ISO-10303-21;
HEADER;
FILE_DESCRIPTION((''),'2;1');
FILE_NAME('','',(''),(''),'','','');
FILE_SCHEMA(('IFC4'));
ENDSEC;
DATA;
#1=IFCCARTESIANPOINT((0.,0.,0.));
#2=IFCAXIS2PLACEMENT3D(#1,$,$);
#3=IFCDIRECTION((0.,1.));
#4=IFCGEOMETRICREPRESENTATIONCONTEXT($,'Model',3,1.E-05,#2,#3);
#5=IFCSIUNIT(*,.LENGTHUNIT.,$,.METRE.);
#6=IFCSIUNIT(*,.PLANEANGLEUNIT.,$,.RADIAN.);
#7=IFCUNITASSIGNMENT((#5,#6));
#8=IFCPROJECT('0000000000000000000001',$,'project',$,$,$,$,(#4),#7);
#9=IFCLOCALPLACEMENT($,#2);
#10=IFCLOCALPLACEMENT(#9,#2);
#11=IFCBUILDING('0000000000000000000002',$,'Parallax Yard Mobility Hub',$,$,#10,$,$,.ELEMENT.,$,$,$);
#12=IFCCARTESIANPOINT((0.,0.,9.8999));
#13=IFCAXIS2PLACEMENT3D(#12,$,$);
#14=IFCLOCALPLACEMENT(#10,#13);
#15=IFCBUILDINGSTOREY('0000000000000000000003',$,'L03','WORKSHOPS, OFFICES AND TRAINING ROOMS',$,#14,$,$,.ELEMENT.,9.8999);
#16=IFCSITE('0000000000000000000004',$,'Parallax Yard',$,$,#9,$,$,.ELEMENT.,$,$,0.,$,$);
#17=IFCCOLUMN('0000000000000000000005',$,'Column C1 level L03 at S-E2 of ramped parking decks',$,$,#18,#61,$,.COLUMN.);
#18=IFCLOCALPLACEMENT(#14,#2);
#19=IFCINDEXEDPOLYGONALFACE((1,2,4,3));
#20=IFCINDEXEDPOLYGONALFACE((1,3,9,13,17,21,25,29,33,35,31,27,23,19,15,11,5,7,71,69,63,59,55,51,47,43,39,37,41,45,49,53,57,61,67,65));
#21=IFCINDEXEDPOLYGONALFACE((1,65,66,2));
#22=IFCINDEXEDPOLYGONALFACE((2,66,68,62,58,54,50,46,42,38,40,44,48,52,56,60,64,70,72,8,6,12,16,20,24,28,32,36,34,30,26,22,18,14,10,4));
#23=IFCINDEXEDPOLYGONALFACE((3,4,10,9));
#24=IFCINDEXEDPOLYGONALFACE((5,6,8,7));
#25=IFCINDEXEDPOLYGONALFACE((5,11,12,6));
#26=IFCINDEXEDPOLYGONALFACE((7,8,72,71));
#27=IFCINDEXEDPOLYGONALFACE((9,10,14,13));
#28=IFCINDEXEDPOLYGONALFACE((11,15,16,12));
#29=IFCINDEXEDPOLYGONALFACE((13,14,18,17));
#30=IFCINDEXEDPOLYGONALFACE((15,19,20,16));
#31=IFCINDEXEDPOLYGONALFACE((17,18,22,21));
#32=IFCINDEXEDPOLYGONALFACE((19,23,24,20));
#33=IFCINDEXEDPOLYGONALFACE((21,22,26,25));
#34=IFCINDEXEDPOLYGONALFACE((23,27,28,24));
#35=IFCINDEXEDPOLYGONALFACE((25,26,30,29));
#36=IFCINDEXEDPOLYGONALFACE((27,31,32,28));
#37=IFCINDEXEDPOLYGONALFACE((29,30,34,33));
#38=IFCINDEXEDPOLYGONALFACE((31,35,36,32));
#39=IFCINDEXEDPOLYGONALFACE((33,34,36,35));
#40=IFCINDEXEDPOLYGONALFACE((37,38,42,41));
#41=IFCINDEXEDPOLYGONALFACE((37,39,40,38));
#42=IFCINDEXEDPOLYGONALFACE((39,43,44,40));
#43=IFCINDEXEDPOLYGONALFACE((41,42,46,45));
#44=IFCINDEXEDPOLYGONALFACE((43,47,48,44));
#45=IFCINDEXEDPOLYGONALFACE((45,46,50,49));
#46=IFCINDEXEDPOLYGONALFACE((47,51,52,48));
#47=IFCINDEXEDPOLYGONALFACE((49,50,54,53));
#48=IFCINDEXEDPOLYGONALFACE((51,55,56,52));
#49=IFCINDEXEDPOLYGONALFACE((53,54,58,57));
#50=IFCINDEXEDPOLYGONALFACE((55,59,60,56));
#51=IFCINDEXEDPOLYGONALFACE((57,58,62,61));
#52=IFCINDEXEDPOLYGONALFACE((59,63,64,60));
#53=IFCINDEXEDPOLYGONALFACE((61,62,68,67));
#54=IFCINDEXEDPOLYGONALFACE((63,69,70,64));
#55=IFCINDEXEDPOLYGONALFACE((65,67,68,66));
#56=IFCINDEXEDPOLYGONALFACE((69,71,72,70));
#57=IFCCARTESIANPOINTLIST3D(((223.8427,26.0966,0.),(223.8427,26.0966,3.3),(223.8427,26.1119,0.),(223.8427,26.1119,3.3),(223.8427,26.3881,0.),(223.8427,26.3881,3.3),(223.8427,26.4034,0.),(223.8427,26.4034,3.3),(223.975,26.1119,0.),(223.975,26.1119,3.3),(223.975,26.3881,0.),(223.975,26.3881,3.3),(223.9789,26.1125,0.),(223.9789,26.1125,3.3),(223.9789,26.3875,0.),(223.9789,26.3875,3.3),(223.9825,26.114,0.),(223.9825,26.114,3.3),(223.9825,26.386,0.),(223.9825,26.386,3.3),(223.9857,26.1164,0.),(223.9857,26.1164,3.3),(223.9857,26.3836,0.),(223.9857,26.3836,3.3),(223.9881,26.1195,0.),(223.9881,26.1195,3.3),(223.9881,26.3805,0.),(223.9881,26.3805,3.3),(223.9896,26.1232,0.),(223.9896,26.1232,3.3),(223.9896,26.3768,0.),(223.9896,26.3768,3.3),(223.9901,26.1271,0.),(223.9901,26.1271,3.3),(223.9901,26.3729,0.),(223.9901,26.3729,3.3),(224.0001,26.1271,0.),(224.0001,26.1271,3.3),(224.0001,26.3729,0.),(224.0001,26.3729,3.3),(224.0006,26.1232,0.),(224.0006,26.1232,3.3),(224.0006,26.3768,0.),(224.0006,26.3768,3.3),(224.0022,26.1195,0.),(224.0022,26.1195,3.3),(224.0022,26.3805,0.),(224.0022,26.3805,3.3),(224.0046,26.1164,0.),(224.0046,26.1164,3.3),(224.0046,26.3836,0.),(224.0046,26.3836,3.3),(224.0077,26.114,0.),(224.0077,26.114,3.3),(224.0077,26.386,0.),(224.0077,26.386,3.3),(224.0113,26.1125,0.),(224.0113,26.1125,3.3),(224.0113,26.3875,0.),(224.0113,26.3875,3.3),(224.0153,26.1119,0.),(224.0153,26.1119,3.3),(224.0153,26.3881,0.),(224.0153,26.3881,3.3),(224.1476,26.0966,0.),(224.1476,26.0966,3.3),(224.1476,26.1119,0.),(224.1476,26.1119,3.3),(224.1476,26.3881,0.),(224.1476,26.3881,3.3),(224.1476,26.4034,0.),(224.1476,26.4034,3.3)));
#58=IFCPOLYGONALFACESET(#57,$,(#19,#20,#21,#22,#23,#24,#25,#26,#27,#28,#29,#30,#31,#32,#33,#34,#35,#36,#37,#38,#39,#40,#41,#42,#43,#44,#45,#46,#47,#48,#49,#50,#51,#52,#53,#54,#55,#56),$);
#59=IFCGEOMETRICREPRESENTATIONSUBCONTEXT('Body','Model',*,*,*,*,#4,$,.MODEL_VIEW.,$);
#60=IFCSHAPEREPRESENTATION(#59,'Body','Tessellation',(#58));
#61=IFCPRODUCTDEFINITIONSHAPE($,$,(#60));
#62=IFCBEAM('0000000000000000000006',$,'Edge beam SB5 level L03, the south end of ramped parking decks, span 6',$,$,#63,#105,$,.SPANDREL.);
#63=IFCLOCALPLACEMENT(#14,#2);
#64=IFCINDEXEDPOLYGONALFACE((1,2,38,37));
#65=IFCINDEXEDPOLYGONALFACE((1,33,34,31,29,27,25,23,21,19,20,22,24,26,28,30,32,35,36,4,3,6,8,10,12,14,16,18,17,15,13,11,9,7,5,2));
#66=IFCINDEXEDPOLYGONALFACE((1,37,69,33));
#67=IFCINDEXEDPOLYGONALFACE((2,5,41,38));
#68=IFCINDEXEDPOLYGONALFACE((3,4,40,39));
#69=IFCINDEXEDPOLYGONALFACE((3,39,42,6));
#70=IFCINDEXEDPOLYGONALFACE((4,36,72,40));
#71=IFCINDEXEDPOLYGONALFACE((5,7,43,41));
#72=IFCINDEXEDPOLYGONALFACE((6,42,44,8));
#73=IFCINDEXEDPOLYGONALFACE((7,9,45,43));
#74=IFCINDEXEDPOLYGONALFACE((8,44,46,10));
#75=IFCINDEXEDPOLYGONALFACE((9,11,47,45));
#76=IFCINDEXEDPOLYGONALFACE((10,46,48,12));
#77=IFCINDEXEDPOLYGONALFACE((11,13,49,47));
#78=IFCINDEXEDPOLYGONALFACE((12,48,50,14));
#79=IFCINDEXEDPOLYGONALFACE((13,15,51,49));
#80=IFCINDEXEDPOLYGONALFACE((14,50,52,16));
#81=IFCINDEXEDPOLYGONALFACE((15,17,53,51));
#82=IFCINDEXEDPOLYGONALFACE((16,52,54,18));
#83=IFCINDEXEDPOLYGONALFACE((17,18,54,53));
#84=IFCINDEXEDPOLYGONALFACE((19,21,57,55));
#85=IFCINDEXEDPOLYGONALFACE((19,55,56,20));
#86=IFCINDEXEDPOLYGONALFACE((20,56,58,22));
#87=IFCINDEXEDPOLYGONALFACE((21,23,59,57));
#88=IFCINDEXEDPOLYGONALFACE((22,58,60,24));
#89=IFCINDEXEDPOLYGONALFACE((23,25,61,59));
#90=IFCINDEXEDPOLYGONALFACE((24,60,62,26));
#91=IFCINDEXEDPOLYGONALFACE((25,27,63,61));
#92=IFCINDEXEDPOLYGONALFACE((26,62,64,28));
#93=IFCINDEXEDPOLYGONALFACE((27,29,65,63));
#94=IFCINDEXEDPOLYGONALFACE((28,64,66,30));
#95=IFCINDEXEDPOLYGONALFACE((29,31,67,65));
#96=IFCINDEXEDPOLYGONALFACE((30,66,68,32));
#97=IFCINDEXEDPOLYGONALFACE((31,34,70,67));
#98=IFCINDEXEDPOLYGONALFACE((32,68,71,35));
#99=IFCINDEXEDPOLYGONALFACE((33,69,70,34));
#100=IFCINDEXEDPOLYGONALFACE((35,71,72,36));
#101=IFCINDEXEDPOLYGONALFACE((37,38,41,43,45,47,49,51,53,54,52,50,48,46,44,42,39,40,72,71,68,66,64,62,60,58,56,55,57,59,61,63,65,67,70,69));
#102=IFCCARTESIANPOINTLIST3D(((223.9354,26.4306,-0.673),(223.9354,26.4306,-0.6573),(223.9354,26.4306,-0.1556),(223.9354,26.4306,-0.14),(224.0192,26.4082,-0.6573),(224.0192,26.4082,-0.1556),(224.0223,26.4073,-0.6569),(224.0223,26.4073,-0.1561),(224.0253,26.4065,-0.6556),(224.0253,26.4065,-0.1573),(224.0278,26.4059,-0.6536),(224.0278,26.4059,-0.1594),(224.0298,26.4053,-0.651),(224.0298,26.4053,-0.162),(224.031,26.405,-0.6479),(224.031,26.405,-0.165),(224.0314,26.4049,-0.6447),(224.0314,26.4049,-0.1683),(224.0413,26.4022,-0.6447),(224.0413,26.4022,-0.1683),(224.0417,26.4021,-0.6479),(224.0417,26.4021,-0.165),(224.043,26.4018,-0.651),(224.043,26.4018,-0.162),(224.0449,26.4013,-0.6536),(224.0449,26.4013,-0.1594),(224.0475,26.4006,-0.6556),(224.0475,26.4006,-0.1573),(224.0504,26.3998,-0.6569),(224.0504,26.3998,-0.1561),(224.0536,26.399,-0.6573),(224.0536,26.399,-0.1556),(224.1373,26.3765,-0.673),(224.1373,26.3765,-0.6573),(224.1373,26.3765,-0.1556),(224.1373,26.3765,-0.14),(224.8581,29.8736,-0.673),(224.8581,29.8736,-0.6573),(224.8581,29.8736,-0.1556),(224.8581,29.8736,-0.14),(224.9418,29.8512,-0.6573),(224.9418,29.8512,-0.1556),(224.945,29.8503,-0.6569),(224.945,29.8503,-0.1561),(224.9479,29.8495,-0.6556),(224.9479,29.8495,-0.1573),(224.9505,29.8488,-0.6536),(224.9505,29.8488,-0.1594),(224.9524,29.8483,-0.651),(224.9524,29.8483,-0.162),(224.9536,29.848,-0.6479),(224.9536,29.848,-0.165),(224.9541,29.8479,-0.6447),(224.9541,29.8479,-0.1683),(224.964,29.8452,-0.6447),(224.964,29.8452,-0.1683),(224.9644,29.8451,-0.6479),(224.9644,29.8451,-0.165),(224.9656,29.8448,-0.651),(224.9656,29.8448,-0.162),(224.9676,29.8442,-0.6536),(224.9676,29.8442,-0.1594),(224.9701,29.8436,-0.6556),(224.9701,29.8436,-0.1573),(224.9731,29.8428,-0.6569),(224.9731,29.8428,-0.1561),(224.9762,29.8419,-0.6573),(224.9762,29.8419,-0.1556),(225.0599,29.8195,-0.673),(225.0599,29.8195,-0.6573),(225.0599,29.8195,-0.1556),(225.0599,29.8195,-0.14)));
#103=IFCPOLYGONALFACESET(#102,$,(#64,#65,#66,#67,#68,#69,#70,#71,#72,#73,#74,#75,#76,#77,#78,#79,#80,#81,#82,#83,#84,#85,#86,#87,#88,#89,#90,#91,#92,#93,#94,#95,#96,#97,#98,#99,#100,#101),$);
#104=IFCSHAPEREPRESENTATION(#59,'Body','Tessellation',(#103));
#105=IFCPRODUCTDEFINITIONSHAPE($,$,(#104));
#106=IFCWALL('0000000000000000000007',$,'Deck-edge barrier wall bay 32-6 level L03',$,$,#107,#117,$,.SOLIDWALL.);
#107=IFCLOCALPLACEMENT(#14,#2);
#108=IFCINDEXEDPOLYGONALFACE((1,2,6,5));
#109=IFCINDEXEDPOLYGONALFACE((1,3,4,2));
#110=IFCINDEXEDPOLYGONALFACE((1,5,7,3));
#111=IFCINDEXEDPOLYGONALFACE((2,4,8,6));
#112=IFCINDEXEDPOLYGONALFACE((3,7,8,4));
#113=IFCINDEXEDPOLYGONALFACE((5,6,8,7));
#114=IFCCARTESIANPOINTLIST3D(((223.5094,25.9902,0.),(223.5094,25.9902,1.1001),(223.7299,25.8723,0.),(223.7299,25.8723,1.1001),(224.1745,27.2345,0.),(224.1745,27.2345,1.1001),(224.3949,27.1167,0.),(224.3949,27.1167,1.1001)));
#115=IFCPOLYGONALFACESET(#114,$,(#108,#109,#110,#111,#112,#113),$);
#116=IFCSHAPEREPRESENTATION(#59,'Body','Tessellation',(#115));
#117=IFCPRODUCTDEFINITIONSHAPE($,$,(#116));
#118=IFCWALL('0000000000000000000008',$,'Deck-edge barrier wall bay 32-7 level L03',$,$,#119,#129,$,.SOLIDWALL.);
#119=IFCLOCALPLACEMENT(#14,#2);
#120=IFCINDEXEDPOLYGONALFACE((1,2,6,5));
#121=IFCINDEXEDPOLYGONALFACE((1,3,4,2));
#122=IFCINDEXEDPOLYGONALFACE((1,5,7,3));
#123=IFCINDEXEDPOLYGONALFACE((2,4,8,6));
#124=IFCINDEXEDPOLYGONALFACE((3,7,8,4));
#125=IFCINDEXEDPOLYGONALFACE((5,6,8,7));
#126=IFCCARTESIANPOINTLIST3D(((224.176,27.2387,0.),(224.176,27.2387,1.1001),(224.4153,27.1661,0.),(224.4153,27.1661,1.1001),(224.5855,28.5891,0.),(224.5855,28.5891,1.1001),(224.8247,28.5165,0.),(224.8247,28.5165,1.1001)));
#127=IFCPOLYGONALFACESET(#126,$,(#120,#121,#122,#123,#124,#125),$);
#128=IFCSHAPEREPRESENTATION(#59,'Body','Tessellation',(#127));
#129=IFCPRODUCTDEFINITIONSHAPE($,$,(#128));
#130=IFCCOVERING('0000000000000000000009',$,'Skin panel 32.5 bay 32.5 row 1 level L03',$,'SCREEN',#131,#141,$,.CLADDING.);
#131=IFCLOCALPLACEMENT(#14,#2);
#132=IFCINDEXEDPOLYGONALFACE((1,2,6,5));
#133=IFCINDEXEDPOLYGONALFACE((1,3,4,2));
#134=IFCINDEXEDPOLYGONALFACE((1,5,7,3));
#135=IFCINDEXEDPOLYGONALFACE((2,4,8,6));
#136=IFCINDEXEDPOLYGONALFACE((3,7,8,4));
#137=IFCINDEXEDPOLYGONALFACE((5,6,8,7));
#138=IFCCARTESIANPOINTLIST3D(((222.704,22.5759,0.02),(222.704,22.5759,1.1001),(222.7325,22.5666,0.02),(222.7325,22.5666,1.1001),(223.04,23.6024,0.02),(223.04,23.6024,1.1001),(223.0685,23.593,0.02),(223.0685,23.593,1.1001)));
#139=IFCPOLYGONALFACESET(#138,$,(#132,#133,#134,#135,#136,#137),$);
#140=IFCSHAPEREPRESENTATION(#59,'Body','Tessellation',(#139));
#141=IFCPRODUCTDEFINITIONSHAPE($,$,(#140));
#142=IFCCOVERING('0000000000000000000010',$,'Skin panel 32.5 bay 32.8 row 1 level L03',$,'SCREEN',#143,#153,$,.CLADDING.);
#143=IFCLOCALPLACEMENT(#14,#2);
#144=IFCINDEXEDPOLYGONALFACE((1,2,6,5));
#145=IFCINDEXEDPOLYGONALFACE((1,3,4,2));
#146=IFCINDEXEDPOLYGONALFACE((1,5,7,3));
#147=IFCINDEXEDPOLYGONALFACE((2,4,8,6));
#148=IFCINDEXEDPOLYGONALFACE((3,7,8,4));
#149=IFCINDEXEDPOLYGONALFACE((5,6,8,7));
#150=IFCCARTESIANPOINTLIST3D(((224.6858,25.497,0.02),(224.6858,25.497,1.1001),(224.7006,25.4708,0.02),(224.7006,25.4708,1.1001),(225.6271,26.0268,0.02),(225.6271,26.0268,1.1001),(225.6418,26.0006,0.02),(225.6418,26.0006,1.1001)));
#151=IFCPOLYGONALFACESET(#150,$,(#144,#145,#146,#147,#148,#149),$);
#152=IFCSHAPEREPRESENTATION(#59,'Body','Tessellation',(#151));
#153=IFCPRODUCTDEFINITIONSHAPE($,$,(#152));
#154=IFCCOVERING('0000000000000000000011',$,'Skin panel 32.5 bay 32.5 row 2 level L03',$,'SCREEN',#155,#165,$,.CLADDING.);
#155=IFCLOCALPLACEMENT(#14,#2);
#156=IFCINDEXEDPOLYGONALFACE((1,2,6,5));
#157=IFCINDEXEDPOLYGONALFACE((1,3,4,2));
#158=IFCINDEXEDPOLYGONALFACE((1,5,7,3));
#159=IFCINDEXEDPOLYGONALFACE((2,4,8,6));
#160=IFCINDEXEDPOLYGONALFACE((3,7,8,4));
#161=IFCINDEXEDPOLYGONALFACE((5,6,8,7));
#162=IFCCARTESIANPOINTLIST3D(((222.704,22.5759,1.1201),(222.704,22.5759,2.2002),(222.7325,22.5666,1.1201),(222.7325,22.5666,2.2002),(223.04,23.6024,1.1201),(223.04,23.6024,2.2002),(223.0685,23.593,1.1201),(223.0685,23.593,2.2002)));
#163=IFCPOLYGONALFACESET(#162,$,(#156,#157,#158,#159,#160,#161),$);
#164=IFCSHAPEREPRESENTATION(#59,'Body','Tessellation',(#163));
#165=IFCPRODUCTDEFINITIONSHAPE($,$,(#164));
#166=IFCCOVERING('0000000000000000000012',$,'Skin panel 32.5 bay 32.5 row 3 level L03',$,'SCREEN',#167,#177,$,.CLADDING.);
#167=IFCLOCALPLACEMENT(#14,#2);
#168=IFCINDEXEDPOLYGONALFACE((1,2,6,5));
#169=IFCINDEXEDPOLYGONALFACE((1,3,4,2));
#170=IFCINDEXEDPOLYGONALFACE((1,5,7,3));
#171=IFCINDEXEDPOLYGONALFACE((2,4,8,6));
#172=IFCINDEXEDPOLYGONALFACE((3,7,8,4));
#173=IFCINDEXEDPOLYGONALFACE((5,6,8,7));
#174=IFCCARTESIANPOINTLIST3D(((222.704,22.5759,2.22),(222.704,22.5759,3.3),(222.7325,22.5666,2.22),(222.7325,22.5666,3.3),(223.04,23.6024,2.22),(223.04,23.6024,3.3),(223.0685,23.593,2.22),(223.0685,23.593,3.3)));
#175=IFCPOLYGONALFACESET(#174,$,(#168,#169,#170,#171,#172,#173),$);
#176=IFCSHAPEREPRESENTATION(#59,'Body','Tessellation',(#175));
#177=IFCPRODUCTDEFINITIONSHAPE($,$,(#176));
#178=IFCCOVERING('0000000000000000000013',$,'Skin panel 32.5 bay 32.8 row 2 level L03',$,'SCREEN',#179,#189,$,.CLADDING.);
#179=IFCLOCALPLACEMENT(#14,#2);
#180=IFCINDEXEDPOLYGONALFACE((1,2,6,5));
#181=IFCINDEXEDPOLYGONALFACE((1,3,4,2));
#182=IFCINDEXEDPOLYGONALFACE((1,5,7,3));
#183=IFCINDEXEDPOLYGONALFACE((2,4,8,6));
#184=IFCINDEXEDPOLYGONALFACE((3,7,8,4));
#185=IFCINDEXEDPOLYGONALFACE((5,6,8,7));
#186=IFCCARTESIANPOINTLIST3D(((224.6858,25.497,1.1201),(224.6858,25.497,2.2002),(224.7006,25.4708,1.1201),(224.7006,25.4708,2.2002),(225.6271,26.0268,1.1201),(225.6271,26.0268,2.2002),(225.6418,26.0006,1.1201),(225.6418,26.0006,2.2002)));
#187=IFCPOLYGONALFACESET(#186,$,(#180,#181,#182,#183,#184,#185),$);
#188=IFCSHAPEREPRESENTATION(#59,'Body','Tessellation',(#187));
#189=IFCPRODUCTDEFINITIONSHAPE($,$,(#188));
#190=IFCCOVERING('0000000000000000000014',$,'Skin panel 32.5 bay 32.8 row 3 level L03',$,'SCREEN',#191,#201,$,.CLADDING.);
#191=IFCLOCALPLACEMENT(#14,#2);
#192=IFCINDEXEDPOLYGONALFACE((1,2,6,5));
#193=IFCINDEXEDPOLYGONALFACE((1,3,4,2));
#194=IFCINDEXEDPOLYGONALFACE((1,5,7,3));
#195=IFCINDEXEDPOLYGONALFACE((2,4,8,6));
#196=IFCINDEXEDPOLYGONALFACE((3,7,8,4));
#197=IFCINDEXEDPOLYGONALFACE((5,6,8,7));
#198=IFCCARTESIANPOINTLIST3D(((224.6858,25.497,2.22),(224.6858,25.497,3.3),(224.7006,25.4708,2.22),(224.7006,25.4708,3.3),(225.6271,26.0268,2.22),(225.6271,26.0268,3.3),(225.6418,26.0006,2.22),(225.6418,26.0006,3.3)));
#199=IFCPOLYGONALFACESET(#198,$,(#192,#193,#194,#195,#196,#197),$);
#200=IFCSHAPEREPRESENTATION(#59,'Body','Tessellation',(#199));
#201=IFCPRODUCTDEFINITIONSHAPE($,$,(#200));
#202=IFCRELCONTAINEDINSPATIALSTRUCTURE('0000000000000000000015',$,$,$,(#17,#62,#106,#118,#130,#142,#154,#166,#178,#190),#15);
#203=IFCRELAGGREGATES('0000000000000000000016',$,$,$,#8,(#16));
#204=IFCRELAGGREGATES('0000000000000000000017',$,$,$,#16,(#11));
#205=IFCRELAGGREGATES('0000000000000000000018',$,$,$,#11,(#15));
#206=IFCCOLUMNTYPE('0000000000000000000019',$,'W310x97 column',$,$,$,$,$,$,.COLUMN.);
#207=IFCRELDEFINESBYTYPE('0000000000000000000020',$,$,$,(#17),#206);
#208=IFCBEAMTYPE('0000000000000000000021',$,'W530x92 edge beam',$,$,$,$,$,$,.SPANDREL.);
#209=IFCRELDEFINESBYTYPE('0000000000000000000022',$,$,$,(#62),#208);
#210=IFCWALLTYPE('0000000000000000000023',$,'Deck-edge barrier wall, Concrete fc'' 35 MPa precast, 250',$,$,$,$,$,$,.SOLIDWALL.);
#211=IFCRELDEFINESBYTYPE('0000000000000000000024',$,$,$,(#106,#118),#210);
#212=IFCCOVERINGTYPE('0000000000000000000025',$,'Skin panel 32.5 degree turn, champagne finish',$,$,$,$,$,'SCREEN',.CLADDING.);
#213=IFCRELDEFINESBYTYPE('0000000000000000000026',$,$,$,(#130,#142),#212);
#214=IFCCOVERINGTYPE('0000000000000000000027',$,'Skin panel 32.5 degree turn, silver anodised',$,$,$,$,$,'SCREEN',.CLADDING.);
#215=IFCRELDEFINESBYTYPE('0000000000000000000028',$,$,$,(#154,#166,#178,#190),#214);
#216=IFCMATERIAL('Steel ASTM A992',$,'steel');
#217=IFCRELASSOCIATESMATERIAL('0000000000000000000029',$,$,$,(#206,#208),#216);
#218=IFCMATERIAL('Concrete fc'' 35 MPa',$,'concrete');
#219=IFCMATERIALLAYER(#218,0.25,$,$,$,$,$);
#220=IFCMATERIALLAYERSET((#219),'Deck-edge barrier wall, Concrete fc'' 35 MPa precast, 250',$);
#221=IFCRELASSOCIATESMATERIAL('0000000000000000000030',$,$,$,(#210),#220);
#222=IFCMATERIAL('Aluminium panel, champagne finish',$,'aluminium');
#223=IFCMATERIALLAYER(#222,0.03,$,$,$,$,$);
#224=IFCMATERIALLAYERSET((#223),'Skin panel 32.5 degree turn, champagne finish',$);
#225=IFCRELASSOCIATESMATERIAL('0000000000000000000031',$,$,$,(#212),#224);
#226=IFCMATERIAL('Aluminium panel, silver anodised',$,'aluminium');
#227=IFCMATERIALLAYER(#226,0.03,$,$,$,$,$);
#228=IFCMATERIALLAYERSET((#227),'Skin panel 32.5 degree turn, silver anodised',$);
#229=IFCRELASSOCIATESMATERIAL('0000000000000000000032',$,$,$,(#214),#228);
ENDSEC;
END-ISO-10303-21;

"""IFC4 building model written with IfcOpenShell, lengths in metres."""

from ifc_helpers import new_model, si_unit, direction, frame, frame_2d, origin, origin_2d, place, context, subcontext, project, spatial, rectangle, i_section, extrude, material, layer, layer_set, material_profile, profile_set, type_object, element, save


model = new_model("IFC4")

# Units and contexts
model_context = context("Model", 3, precision=1e-05, world=origin(), true_north=direction((0.0, 1.0)))
body_context = subcontext(model_context, "Body", "Model", "MODEL_VIEW")
ifc_project = project(units=[si_unit("LENGTHUNIT", "METRE"), si_unit("PLANEANGLEUNIT", "RADIAN")], contexts=[model_context])

# Site, building, storey
site_placement = place(None, origin())
site = spatial("IfcSite", under=ifc_project, at=site_placement, Name="Parallax Yard", CompositionType="ELEMENT", RefElevation=0.0)
building_placement = place(site_placement, origin())
building = spatial("IfcBuilding", under=site, at=building_placement, Name="Parallax Yard Mobility Hub", CompositionType="ELEMENT")
storey_placement = place(building_placement, frame((0.0, 0.0, 9.8999)))
storey = spatial("IfcBuildingStorey", under=building, at=storey_placement, Name="L03", Description="WORKSHOPS, OFFICES AND TRAINING ROOMS", CompositionType="ELEMENT", Elevation=9.8999)

# Column
ifc_material_1 = material(Name="Steel ASTM A992", Category="steel")
ifc_material_profile_1 = material_profile(ifc_material_1, i_section(OverallWidth=0.3049, OverallDepth=0.3069, WebThickness=0.01, FlangeThickness=0.0154, FilletRadius=0.0151, at=origin_2d()), Name="W310x97")
ifc_profile_set_1 = profile_set([ifc_material_profile_1], Name="Steel ASTM A992")
column_type = type_object("IfcColumnType", Name="W310x97 column", PredefinedType="COLUMN", material=ifc_profile_set_1)
column_placement = place(storey_placement, frame((223.9951, 26.25, 0.0), z_axis=(0.0, 0.0, 1.0), x_axis=(1.0, 0.0, 0.0)))
element("IfcColumn", 1, at=column_placement, inside=storey, type_object=column_type, Name="Column C1 level L03 at S-E2 of ramped parking decks", PredefinedType="COLUMN", context=body_context, shape_type="SweptSolid", body=[
    extrude(i_section(OverallWidth=0.3049, OverallDepth=0.3069, WebThickness=0.01, FlangeThickness=0.0154, FilletRadius=0.0151, at=origin_2d()), origin(), (0.0, 0.0, 1.0), 3.3),
])

# Beam
ifc_material_profile_2 = material_profile(ifc_material_1, i_section(OverallWidth=0.209, OverallDepth=0.533, WebThickness=0.0103, FlangeThickness=0.0156, FilletRadius=0.0127, at=origin_2d()), Name="W530x92")
ifc_profile_set_2 = profile_set([ifc_material_profile_2], Name="Steel ASTM A992")
beam_type = type_object("IfcBeamType", Name="W530x92 edge beam", PredefinedType="SPANDREL", material=ifc_profile_set_2)
beam_placement = place(storey_placement, frame((224.0364, 26.4036, -0.4065), z_axis=(0.258843, 0.965919, 0.0), x_axis=(-0.965919, 0.258843, 0.0)))
element("IfcBeam", 2, at=beam_placement, inside=storey, type_object=beam_type, Name="Edge beam SB5 level L03, the south end of ramped parking decks, span 6", PredefinedType="SPANDREL", context=body_context, shape_type="SweptSolid", body=[
    extrude(i_section(OverallWidth=0.209, OverallDepth=0.533, WebThickness=0.0103, FlangeThickness=0.0156, FilletRadius=0.0127, at=origin_2d()), origin(), (0.0, 0.0, 1.0), 3.5645),
])

# Walls
ifc_material_2 = material(Name="Concrete fc' 35 MPa", Category="concrete")
ifc_layer_1 = layer(ifc_material_2, 0.25)
ifc_layer_set_1 = layer_set([ifc_layer_1], Name="Deck-edge barrier wall, Concrete fc' 35 MPa precast, 250")
wall_type = type_object("IfcWallType", Name="Deck-edge barrier wall, Concrete fc' 35 MPa precast, 250", PredefinedType="SOLIDWALL", material=ifc_layer_set_1)
wall_1_placement = place(storey_placement, frame((223.6196, 25.9312, 0.0), z_axis=(0.0, 0.0, 1.0), x_axis=(0.471342, 0.88195, 0.0)))
element("IfcWall", 3, at=wall_1_placement, inside=storey, type_object=wall_type, Name="Deck-edge barrier wall bay 32-6 level L03", PredefinedType="SOLIDWALL", context=body_context, shape_type="SweptSolid", body=[
    extrude(rectangle(XDim=1.4109, YDim=0.25, at=frame_2d((0.7056, 0.0))), origin(), (0.0, 0.0, 1.0), 1.1001),
])
wall_2_placement = place(storey_placement, frame((224.2957, 27.2024, 0.0), z_axis=(0.0, 0.0, 1.0), x_axis=(0.290156, 0.956979, 0.0)))
element("IfcWall", 4, at=wall_2_placement, inside=storey, type_object=wall_type, Name="Deck-edge barrier wall bay 32-7 level L03", PredefinedType="SOLIDWALL", context=body_context, shape_type="SweptSolid", body=[
    extrude(rectangle(XDim=1.4111, YDim=0.25, at=frame_2d((0.7056, 0.0))), origin(), (0.0, 0.0, 1.0), 1.1001),
])

# Coverings
ifc_material_3 = material(Name="Aluminium panel, champagne finish", Category="aluminium")
ifc_layer_2 = layer(ifc_material_3, 0.03)
ifc_layer_set_2 = layer_set([ifc_layer_2], Name="Skin panel 32.5 degree turn, champagne finish")
covering_type_1 = type_object("IfcCoveringType", Name="Skin panel 32.5 degree turn, champagne finish", ElementType="SCREEN", PredefinedType="CLADDING", material=ifc_layer_set_2)
for number, where, z_axis, x_axis, name in (
    (5, (222.8862, 23.0845, 0.02), (0.0, 0.0, 1.0), (-0.311091, -0.95038, 0.0), "Skin panel 32.5 bay 32.5 row 1 level L03"),
    (6, (225.1638, 25.7488, 0.02), (0.0, 0.0, 1.0), (0.871428, 0.490524, 0.0), "Skin panel 32.5 bay 32.8 row 1 level L03"),
):
    element("IfcCovering", number, at=place(storey_placement, frame(where, z_axis=z_axis, x_axis=x_axis)), inside=storey, type_object=covering_type_1, Name=name, ObjectType="SCREEN", PredefinedType="CLADDING", context=body_context, shape_type="SweptSolid", body=[
        extrude(rectangle(XDim=1.0801, YDim=0.03, at=origin_2d()), origin(), (0.0, 0.0, 1.0), 1.0801),
    ])
ifc_material_4 = material(Name="Aluminium panel, silver anodised", Category="aluminium")
ifc_layer_3 = layer(ifc_material_4, 0.03)
ifc_layer_set_3 = layer_set([ifc_layer_3], Name="Skin panel 32.5 degree turn, silver anodised")
covering_type_2 = type_object("IfcCoveringType", Name="Skin panel 32.5 degree turn, silver anodised", ElementType="SCREEN", PredefinedType="CLADDING", material=ifc_layer_set_3)
for number, where, z_axis, x_axis, name in (
    (7, (222.8862, 23.0845, 1.1201), (0.0, 0.0, 1.0), (-0.311091, -0.95038, 0.0), "Skin panel 32.5 bay 32.5 row 2 level L03"),
    (8, (222.8862, 23.0845, 2.22), (0.0, 0.0, 1.0), (-0.311091, -0.95038, 0.0), "Skin panel 32.5 bay 32.5 row 3 level L03"),
    (9, (225.1638, 25.7488, 1.1201), (0.0, 0.0, 1.0), (0.871428, 0.490524, 0.0), "Skin panel 32.5 bay 32.8 row 2 level L03"),
    (10, (225.1638, 25.7488, 2.22), (0.0, 0.0, 1.0), (0.871428, 0.490524, 0.0), "Skin panel 32.5 bay 32.8 row 3 level L03"),
):
    element("IfcCovering", number, at=place(storey_placement, frame(where, z_axis=z_axis, x_axis=x_axis)), inside=storey, type_object=covering_type_2, Name=name, ObjectType="SCREEN", PredefinedType="CLADDING", context=body_context, shape_type="SweptSolid", body=[
        extrude(rectangle(XDim=1.0801, YDim=0.03, at=origin_2d()), origin(), (0.0, 0.0, 1.0), 1.0801),
    ])

save(model, "model.ifc")
